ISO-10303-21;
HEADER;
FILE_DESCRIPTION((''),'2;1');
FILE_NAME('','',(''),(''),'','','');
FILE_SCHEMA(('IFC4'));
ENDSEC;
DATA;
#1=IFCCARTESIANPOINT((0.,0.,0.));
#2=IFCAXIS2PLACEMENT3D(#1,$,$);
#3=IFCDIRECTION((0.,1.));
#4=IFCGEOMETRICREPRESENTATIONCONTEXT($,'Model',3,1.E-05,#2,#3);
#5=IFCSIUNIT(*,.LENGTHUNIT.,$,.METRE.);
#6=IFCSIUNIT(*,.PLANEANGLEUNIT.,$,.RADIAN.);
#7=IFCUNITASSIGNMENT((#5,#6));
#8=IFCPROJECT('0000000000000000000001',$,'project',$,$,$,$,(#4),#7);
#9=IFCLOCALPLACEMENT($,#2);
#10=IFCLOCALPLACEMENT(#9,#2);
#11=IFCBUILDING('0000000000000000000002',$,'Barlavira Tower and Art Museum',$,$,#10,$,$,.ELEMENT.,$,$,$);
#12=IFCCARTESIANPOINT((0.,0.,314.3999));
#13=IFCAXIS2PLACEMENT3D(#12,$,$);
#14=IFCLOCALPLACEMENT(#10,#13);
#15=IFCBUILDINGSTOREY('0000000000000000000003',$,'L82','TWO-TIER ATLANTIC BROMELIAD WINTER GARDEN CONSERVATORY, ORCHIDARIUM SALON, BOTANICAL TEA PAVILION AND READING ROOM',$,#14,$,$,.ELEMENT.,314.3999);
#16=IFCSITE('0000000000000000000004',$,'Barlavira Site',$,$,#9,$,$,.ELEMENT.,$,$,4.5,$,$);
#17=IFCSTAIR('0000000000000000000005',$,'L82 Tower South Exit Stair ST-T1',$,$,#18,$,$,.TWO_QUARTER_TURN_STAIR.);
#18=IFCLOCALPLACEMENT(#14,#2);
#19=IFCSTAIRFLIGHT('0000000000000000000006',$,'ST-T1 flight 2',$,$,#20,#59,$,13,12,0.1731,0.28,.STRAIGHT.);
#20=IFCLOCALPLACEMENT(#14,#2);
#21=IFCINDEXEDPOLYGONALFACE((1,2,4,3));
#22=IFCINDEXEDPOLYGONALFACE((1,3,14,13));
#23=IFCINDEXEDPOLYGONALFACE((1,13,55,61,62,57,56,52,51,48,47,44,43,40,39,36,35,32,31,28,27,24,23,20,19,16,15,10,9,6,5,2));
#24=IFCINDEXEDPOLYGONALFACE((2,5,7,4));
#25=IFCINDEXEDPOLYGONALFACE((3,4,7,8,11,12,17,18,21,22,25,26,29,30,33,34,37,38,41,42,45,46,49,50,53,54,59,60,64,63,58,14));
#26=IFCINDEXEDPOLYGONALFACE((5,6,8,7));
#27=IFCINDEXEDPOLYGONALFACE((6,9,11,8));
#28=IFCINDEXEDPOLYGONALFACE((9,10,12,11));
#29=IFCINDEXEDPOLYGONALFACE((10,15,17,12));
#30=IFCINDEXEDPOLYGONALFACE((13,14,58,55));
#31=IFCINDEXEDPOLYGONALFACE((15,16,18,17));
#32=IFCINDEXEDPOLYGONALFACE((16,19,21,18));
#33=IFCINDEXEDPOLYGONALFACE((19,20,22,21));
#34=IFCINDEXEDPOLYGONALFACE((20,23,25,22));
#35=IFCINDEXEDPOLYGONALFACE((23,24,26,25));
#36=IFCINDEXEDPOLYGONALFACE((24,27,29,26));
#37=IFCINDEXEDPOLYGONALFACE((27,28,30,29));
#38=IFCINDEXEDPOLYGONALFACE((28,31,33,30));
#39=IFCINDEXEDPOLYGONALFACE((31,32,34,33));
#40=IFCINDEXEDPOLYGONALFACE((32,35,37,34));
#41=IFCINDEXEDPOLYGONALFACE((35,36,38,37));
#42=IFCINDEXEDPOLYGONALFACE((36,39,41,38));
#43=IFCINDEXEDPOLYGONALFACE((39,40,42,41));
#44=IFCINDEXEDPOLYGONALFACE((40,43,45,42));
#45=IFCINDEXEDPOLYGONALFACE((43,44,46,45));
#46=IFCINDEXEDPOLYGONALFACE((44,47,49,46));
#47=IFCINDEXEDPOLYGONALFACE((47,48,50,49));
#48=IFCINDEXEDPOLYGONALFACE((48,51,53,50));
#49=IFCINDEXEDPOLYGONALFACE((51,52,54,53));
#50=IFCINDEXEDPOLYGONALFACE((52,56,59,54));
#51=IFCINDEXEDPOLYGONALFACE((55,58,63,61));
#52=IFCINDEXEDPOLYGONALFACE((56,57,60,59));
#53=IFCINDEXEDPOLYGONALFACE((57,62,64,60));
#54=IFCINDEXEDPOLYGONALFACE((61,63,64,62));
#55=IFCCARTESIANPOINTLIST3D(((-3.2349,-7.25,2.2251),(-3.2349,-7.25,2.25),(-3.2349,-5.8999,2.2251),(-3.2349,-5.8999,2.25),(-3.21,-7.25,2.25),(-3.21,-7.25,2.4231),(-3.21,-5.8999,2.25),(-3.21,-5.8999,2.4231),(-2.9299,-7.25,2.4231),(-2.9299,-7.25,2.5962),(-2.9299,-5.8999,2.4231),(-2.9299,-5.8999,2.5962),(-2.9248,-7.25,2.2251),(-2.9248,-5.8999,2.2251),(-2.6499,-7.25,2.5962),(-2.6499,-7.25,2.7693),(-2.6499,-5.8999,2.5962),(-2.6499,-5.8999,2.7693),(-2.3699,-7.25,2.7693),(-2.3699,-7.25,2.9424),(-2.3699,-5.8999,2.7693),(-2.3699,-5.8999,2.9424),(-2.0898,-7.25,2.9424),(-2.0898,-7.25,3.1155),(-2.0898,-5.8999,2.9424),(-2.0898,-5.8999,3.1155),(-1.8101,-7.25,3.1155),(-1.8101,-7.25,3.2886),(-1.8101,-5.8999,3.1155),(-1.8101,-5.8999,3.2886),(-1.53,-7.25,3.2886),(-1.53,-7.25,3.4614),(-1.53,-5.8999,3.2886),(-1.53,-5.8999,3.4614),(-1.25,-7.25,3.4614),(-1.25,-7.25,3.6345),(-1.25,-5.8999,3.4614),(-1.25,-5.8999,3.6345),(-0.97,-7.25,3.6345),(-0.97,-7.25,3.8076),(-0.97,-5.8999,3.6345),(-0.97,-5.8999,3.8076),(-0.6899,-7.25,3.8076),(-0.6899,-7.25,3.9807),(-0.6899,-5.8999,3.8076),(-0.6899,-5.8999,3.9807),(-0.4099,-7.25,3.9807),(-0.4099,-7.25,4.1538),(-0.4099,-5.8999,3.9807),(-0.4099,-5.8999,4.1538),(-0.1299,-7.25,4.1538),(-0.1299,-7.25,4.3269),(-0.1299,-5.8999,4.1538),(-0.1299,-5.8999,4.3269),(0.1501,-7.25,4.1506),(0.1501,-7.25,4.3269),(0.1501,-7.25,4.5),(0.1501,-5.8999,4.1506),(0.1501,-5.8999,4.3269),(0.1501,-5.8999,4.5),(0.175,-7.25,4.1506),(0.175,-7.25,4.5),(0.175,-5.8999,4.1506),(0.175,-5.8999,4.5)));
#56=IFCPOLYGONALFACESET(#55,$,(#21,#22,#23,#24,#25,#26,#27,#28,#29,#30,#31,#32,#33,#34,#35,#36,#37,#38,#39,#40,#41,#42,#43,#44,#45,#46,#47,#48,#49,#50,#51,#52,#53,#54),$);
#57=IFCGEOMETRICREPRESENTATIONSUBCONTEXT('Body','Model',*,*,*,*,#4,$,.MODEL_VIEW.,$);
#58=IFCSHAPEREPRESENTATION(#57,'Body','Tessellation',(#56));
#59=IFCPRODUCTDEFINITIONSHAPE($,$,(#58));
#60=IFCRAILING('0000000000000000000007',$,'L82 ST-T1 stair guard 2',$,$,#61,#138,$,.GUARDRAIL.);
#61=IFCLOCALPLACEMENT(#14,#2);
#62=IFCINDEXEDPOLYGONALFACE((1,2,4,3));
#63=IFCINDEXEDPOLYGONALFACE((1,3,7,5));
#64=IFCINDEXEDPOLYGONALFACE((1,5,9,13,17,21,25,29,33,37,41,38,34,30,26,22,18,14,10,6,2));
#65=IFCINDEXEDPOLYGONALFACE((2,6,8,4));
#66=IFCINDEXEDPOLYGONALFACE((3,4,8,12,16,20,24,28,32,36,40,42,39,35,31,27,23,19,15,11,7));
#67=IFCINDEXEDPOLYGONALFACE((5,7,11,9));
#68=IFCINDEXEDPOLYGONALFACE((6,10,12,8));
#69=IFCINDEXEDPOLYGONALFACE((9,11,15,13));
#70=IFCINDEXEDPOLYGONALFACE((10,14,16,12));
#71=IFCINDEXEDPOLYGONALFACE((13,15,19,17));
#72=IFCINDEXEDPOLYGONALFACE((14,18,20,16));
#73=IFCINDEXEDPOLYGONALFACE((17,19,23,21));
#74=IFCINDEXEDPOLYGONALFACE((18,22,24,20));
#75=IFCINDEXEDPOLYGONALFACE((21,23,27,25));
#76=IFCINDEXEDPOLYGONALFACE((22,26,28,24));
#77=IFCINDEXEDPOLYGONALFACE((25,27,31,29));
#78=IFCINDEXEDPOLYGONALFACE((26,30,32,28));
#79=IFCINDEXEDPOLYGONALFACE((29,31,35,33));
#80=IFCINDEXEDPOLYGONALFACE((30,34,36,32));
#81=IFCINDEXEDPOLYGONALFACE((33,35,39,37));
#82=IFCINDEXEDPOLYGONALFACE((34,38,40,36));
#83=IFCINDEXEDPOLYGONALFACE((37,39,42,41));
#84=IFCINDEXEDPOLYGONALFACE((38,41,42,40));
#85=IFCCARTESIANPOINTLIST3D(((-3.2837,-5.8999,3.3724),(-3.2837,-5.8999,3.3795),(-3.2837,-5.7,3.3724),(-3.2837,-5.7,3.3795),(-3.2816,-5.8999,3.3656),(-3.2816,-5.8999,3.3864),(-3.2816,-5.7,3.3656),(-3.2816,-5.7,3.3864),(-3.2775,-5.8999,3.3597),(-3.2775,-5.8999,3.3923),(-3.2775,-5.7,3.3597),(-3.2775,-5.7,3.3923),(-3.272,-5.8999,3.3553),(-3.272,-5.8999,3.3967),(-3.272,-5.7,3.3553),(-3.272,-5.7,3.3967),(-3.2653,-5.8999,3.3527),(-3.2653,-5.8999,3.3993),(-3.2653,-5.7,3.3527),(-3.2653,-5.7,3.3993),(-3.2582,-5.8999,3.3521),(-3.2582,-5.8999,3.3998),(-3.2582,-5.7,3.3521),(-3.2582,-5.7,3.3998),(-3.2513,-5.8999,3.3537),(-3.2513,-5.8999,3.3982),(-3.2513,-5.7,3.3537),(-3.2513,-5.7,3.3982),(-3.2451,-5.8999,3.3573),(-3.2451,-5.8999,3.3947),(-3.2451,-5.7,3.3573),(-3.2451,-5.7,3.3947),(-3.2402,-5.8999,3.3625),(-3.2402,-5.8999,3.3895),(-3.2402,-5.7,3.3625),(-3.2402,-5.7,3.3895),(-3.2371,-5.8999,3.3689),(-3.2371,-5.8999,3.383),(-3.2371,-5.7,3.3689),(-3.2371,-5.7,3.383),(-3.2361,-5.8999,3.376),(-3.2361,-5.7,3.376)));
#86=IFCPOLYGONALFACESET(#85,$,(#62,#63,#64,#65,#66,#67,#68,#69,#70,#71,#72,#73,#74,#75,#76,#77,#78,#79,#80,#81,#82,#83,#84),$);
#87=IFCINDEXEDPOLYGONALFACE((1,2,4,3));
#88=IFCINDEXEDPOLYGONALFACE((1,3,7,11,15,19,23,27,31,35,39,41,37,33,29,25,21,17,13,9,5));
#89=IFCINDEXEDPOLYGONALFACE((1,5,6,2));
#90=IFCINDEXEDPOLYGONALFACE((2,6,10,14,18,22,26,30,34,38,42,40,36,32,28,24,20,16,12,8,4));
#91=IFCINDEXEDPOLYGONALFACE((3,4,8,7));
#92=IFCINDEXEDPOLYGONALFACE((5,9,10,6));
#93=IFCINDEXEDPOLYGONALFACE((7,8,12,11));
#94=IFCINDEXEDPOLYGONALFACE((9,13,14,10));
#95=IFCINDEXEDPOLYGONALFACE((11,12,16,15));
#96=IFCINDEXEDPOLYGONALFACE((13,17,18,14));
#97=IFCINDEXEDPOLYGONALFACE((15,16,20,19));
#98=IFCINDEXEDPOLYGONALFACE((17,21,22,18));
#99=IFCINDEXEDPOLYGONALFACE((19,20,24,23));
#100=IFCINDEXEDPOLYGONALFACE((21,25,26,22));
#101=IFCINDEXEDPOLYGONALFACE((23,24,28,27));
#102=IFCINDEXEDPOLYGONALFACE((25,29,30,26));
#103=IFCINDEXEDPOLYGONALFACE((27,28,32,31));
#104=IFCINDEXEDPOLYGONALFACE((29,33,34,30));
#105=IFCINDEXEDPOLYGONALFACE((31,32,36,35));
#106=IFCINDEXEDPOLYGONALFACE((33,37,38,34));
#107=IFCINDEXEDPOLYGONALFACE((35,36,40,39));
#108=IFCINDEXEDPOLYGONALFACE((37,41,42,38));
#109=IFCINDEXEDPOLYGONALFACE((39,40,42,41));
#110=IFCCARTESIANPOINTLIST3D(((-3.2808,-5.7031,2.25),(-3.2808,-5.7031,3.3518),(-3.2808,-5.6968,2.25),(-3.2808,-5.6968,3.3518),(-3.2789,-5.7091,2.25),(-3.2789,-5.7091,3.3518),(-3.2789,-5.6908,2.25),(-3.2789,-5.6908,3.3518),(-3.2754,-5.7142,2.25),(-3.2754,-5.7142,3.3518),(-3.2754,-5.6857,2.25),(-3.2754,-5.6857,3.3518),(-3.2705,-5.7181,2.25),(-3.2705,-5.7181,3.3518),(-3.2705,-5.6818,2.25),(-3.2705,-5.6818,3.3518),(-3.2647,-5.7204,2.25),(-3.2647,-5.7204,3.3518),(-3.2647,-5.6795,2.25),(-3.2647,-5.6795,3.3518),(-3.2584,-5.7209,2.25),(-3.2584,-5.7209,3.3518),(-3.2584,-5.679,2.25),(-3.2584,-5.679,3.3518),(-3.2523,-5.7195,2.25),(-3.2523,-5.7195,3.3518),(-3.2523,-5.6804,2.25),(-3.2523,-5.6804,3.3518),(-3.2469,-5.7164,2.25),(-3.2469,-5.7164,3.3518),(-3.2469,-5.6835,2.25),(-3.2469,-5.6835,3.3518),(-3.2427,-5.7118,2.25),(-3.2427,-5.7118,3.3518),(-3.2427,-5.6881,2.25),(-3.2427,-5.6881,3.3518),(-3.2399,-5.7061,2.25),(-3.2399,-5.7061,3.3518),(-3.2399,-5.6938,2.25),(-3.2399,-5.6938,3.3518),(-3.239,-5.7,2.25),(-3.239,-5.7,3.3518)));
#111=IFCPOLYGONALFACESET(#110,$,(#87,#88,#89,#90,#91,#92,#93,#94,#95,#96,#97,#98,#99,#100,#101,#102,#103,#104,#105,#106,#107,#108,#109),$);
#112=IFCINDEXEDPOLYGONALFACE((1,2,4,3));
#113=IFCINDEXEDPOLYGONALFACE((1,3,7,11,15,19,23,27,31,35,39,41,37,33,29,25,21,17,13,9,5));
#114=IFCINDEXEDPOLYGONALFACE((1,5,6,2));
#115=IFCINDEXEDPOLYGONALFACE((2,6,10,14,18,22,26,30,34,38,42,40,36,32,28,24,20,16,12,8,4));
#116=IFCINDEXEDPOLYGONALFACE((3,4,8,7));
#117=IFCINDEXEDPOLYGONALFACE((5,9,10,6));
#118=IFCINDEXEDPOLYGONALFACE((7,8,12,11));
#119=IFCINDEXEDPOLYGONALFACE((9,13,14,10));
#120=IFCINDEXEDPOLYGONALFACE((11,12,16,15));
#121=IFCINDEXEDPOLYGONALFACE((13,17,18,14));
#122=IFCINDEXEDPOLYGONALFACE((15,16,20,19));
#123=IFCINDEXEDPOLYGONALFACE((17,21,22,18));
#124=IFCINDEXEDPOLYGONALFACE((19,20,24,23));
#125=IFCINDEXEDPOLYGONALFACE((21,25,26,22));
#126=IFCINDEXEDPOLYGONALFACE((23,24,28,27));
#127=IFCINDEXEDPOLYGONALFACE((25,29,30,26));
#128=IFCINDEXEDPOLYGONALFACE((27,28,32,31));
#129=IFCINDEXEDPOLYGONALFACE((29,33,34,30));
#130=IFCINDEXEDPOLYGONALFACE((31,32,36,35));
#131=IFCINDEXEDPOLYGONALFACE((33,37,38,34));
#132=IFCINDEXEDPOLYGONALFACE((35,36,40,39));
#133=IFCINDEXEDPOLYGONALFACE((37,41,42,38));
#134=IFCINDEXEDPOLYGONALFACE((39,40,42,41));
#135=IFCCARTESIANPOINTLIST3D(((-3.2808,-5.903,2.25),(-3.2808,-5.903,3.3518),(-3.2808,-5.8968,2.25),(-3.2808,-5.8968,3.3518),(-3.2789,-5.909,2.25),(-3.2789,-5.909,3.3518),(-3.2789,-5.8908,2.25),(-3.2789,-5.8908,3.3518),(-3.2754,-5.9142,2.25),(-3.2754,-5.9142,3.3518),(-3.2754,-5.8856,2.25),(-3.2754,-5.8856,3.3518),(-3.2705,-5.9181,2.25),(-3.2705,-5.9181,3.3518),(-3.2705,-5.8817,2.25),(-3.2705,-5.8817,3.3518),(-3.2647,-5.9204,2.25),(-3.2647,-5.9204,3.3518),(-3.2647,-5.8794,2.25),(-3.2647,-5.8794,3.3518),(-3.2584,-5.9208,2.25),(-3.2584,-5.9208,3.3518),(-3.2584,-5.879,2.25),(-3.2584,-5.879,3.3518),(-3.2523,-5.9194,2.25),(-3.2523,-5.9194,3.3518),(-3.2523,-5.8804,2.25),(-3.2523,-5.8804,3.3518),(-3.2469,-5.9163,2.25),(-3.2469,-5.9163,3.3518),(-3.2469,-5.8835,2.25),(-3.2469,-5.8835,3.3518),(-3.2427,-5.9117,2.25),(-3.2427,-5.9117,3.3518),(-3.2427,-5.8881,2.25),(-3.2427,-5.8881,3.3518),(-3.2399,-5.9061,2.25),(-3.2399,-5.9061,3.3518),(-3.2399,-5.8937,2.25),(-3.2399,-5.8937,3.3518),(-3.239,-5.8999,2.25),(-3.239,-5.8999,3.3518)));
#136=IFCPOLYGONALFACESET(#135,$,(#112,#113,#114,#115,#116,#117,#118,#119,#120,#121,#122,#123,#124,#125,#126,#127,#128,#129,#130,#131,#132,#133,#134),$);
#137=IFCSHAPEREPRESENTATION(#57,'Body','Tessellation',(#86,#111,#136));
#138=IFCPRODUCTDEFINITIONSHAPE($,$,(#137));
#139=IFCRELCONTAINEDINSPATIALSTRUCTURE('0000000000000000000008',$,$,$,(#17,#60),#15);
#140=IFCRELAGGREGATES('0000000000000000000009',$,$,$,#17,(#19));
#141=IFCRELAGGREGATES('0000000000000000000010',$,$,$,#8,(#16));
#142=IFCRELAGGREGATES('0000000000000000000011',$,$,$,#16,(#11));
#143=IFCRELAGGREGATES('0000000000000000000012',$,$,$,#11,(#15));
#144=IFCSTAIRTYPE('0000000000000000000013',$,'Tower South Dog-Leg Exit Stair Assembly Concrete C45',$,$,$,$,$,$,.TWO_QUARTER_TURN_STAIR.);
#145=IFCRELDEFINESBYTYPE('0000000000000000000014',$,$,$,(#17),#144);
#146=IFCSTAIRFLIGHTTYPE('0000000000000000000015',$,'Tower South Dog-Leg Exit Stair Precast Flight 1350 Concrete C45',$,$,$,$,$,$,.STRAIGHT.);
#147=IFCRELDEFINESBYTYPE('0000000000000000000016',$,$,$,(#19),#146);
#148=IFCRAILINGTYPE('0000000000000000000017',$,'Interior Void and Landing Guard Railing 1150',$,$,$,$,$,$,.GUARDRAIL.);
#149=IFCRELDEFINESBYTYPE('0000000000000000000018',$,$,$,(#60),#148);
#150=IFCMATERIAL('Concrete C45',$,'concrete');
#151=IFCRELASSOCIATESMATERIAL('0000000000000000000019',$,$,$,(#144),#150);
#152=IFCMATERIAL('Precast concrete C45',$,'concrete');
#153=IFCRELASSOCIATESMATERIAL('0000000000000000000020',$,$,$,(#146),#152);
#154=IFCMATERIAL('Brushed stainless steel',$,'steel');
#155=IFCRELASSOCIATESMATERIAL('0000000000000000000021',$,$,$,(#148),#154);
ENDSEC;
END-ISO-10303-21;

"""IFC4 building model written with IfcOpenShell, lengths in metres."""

from ifc_helpers import new_model, si_unit, direction, frame, origin, origin_2d, place, context, subcontext, project, spatial, polyline, circle, outline, extrude, material, type_object, element, aggregate, save


model = new_model("IFC4")

# Units and contexts
model_context = context("Model", 3, precision=1e-05, world=origin(), true_north=direction((0.0, 1.0)))
body_context = subcontext(model_context, "Body", "Model", "MODEL_VIEW")
ifc_project = project(units=[si_unit("LENGTHUNIT", "METRE"), si_unit("PLANEANGLEUNIT", "RADIAN")], contexts=[model_context])

# Site, building, storey
site_placement = place(None, origin())
site = spatial("IfcSite", under=ifc_project, at=site_placement, Name="Barlavira Site", CompositionType="ELEMENT", RefElevation=4.5)
building_placement = place(site_placement, origin())
building = spatial("IfcBuilding", under=site, at=building_placement, Name="Barlavira Tower and Art Museum", CompositionType="ELEMENT")
storey_placement = place(building_placement, frame((0.0, 0.0, 314.3999)))
storey = spatial("IfcBuildingStorey", under=building, at=storey_placement, Name="L82", Description="TWO-TIER ATLANTIC BROMELIAD WINTER GARDEN CONSERVATORY, ORCHIDARIUM SALON, BOTANICAL TEA PAVILION AND READING ROOM", CompositionType="ELEMENT", Elevation=314.3999)

# Shared definitions
ifc_material_1 = material(Name="Brushed stainless steel", Category="steel")

# Stair, stair flight
ifc_material_2 = material(Name="Concrete C45", Category="concrete")
stair_type = type_object("IfcStairType", Name="Tower South Dog-Leg Exit Stair Assembly Concrete C45", PredefinedType="TWO_QUARTER_TURN_STAIR", material=ifc_material_2)
stair_placement = place(storey_placement, origin())
stair = element("IfcStair", 1, at=stair_placement, inside=storey, type_object=stair_type, Name="L82 Tower South Exit Stair ST-T1", PredefinedType="TWO_QUARTER_TURN_STAIR")
ifc_material_3 = material(Name="Precast concrete C45", Category="concrete")
stair_flight_type = type_object("IfcStairFlightType", Name="Tower South Dog-Leg Exit Stair Precast Flight 1350 Concrete C45", PredefinedType="STRAIGHT", material=ifc_material_3)
stair_flight_placement = place(storey_placement, frame((-3.21, -6.575, 2.25), z_axis=(0.0, 0.0, 1.0), x_axis=(1.0, 0.0, 0.0)))
stair_flight = element("IfcStairFlight", 2, at=stair_flight_placement, type_object=stair_flight_type, Name="ST-T1 flight 2", NumberOfRisers=13, NumberOfTreads=12, PredefinedType="STRAIGHT", RiserHeight=0.1731, TreadLength=0.28, context=body_context, shape_type="SweptSolid", body=[
    extrude(outline(polyline([(-0.0249, 0.0), (0.0, 0.0), (0.0, 0.1731), (0.28, 0.1731), (0.28, 0.3462), (0.5601, 0.3462), (0.5601, 0.5193), (0.8401, 0.5193), (0.8401, 0.6924), (1.1201, 0.6924), (1.1201, 0.8655), (1.3999, 0.8655), (1.3999, 1.0386), (1.6799, 1.0386), (1.6799, 1.2114), (1.96, 1.2114), (1.96, 1.3845), (2.24, 1.3845), (2.24, 1.5576), (2.52, 1.5576), (2.52, 1.7307), (2.8, 1.7307), (2.8, 1.9038), (3.0801, 1.9038), (3.0801, 2.0769), (3.3601, 2.0769), (3.3601, 2.25), (3.385, 2.25), (3.385, 1.9006), (3.3601, 1.9006), (0.2852, -0.0249), (-0.0249, -0.0249), (-0.0249, 0.0)])), frame((0.0, 0.675, 0.0), z_axis=(0.0, -1.0, 0.0), x_axis=(1.0, 0.0, 0.0)), (0.0, 0.0, 1.0), 1.3501),
])
aggregate(stair, [stair_flight])

# Railing
railing_type_1 = type_object("IfcRailingType", Name="Interior Void and Landing Guard Railing 1150", PredefinedType="GUARDRAIL", material=ifc_material_1)
railing_1_placement = place(storey_placement, frame((-3.26, -5.7, 2.25)))
element("IfcRailing", 3, at=railing_1_placement, inside=storey, type_object=railing_type_1, Name="L82 ST-T1 stair guard 2", PredefinedType="GUARDRAIL", context=body_context, shape_type="SweptSolid", body=[
    extrude(circle(Radius=0.0239, at=origin_2d()), frame((0.0, 0.0, 1.126), z_axis=(0.0, -1.0, 0.0), x_axis=(1.0, 0.0, 0.0)), (0.0, 0.0, 1.0), 0.2),
    extrude(circle(Radius=0.021, at=origin_2d()), origin(), (0.0, 0.0, 1.0), 1.1018),
    extrude(circle(Radius=0.021, at=origin_2d()), frame((0.0, -0.2, 0.0)), (0.0, 0.0, 1.0), 1.1018),
])

save(model, "model.ifc")
